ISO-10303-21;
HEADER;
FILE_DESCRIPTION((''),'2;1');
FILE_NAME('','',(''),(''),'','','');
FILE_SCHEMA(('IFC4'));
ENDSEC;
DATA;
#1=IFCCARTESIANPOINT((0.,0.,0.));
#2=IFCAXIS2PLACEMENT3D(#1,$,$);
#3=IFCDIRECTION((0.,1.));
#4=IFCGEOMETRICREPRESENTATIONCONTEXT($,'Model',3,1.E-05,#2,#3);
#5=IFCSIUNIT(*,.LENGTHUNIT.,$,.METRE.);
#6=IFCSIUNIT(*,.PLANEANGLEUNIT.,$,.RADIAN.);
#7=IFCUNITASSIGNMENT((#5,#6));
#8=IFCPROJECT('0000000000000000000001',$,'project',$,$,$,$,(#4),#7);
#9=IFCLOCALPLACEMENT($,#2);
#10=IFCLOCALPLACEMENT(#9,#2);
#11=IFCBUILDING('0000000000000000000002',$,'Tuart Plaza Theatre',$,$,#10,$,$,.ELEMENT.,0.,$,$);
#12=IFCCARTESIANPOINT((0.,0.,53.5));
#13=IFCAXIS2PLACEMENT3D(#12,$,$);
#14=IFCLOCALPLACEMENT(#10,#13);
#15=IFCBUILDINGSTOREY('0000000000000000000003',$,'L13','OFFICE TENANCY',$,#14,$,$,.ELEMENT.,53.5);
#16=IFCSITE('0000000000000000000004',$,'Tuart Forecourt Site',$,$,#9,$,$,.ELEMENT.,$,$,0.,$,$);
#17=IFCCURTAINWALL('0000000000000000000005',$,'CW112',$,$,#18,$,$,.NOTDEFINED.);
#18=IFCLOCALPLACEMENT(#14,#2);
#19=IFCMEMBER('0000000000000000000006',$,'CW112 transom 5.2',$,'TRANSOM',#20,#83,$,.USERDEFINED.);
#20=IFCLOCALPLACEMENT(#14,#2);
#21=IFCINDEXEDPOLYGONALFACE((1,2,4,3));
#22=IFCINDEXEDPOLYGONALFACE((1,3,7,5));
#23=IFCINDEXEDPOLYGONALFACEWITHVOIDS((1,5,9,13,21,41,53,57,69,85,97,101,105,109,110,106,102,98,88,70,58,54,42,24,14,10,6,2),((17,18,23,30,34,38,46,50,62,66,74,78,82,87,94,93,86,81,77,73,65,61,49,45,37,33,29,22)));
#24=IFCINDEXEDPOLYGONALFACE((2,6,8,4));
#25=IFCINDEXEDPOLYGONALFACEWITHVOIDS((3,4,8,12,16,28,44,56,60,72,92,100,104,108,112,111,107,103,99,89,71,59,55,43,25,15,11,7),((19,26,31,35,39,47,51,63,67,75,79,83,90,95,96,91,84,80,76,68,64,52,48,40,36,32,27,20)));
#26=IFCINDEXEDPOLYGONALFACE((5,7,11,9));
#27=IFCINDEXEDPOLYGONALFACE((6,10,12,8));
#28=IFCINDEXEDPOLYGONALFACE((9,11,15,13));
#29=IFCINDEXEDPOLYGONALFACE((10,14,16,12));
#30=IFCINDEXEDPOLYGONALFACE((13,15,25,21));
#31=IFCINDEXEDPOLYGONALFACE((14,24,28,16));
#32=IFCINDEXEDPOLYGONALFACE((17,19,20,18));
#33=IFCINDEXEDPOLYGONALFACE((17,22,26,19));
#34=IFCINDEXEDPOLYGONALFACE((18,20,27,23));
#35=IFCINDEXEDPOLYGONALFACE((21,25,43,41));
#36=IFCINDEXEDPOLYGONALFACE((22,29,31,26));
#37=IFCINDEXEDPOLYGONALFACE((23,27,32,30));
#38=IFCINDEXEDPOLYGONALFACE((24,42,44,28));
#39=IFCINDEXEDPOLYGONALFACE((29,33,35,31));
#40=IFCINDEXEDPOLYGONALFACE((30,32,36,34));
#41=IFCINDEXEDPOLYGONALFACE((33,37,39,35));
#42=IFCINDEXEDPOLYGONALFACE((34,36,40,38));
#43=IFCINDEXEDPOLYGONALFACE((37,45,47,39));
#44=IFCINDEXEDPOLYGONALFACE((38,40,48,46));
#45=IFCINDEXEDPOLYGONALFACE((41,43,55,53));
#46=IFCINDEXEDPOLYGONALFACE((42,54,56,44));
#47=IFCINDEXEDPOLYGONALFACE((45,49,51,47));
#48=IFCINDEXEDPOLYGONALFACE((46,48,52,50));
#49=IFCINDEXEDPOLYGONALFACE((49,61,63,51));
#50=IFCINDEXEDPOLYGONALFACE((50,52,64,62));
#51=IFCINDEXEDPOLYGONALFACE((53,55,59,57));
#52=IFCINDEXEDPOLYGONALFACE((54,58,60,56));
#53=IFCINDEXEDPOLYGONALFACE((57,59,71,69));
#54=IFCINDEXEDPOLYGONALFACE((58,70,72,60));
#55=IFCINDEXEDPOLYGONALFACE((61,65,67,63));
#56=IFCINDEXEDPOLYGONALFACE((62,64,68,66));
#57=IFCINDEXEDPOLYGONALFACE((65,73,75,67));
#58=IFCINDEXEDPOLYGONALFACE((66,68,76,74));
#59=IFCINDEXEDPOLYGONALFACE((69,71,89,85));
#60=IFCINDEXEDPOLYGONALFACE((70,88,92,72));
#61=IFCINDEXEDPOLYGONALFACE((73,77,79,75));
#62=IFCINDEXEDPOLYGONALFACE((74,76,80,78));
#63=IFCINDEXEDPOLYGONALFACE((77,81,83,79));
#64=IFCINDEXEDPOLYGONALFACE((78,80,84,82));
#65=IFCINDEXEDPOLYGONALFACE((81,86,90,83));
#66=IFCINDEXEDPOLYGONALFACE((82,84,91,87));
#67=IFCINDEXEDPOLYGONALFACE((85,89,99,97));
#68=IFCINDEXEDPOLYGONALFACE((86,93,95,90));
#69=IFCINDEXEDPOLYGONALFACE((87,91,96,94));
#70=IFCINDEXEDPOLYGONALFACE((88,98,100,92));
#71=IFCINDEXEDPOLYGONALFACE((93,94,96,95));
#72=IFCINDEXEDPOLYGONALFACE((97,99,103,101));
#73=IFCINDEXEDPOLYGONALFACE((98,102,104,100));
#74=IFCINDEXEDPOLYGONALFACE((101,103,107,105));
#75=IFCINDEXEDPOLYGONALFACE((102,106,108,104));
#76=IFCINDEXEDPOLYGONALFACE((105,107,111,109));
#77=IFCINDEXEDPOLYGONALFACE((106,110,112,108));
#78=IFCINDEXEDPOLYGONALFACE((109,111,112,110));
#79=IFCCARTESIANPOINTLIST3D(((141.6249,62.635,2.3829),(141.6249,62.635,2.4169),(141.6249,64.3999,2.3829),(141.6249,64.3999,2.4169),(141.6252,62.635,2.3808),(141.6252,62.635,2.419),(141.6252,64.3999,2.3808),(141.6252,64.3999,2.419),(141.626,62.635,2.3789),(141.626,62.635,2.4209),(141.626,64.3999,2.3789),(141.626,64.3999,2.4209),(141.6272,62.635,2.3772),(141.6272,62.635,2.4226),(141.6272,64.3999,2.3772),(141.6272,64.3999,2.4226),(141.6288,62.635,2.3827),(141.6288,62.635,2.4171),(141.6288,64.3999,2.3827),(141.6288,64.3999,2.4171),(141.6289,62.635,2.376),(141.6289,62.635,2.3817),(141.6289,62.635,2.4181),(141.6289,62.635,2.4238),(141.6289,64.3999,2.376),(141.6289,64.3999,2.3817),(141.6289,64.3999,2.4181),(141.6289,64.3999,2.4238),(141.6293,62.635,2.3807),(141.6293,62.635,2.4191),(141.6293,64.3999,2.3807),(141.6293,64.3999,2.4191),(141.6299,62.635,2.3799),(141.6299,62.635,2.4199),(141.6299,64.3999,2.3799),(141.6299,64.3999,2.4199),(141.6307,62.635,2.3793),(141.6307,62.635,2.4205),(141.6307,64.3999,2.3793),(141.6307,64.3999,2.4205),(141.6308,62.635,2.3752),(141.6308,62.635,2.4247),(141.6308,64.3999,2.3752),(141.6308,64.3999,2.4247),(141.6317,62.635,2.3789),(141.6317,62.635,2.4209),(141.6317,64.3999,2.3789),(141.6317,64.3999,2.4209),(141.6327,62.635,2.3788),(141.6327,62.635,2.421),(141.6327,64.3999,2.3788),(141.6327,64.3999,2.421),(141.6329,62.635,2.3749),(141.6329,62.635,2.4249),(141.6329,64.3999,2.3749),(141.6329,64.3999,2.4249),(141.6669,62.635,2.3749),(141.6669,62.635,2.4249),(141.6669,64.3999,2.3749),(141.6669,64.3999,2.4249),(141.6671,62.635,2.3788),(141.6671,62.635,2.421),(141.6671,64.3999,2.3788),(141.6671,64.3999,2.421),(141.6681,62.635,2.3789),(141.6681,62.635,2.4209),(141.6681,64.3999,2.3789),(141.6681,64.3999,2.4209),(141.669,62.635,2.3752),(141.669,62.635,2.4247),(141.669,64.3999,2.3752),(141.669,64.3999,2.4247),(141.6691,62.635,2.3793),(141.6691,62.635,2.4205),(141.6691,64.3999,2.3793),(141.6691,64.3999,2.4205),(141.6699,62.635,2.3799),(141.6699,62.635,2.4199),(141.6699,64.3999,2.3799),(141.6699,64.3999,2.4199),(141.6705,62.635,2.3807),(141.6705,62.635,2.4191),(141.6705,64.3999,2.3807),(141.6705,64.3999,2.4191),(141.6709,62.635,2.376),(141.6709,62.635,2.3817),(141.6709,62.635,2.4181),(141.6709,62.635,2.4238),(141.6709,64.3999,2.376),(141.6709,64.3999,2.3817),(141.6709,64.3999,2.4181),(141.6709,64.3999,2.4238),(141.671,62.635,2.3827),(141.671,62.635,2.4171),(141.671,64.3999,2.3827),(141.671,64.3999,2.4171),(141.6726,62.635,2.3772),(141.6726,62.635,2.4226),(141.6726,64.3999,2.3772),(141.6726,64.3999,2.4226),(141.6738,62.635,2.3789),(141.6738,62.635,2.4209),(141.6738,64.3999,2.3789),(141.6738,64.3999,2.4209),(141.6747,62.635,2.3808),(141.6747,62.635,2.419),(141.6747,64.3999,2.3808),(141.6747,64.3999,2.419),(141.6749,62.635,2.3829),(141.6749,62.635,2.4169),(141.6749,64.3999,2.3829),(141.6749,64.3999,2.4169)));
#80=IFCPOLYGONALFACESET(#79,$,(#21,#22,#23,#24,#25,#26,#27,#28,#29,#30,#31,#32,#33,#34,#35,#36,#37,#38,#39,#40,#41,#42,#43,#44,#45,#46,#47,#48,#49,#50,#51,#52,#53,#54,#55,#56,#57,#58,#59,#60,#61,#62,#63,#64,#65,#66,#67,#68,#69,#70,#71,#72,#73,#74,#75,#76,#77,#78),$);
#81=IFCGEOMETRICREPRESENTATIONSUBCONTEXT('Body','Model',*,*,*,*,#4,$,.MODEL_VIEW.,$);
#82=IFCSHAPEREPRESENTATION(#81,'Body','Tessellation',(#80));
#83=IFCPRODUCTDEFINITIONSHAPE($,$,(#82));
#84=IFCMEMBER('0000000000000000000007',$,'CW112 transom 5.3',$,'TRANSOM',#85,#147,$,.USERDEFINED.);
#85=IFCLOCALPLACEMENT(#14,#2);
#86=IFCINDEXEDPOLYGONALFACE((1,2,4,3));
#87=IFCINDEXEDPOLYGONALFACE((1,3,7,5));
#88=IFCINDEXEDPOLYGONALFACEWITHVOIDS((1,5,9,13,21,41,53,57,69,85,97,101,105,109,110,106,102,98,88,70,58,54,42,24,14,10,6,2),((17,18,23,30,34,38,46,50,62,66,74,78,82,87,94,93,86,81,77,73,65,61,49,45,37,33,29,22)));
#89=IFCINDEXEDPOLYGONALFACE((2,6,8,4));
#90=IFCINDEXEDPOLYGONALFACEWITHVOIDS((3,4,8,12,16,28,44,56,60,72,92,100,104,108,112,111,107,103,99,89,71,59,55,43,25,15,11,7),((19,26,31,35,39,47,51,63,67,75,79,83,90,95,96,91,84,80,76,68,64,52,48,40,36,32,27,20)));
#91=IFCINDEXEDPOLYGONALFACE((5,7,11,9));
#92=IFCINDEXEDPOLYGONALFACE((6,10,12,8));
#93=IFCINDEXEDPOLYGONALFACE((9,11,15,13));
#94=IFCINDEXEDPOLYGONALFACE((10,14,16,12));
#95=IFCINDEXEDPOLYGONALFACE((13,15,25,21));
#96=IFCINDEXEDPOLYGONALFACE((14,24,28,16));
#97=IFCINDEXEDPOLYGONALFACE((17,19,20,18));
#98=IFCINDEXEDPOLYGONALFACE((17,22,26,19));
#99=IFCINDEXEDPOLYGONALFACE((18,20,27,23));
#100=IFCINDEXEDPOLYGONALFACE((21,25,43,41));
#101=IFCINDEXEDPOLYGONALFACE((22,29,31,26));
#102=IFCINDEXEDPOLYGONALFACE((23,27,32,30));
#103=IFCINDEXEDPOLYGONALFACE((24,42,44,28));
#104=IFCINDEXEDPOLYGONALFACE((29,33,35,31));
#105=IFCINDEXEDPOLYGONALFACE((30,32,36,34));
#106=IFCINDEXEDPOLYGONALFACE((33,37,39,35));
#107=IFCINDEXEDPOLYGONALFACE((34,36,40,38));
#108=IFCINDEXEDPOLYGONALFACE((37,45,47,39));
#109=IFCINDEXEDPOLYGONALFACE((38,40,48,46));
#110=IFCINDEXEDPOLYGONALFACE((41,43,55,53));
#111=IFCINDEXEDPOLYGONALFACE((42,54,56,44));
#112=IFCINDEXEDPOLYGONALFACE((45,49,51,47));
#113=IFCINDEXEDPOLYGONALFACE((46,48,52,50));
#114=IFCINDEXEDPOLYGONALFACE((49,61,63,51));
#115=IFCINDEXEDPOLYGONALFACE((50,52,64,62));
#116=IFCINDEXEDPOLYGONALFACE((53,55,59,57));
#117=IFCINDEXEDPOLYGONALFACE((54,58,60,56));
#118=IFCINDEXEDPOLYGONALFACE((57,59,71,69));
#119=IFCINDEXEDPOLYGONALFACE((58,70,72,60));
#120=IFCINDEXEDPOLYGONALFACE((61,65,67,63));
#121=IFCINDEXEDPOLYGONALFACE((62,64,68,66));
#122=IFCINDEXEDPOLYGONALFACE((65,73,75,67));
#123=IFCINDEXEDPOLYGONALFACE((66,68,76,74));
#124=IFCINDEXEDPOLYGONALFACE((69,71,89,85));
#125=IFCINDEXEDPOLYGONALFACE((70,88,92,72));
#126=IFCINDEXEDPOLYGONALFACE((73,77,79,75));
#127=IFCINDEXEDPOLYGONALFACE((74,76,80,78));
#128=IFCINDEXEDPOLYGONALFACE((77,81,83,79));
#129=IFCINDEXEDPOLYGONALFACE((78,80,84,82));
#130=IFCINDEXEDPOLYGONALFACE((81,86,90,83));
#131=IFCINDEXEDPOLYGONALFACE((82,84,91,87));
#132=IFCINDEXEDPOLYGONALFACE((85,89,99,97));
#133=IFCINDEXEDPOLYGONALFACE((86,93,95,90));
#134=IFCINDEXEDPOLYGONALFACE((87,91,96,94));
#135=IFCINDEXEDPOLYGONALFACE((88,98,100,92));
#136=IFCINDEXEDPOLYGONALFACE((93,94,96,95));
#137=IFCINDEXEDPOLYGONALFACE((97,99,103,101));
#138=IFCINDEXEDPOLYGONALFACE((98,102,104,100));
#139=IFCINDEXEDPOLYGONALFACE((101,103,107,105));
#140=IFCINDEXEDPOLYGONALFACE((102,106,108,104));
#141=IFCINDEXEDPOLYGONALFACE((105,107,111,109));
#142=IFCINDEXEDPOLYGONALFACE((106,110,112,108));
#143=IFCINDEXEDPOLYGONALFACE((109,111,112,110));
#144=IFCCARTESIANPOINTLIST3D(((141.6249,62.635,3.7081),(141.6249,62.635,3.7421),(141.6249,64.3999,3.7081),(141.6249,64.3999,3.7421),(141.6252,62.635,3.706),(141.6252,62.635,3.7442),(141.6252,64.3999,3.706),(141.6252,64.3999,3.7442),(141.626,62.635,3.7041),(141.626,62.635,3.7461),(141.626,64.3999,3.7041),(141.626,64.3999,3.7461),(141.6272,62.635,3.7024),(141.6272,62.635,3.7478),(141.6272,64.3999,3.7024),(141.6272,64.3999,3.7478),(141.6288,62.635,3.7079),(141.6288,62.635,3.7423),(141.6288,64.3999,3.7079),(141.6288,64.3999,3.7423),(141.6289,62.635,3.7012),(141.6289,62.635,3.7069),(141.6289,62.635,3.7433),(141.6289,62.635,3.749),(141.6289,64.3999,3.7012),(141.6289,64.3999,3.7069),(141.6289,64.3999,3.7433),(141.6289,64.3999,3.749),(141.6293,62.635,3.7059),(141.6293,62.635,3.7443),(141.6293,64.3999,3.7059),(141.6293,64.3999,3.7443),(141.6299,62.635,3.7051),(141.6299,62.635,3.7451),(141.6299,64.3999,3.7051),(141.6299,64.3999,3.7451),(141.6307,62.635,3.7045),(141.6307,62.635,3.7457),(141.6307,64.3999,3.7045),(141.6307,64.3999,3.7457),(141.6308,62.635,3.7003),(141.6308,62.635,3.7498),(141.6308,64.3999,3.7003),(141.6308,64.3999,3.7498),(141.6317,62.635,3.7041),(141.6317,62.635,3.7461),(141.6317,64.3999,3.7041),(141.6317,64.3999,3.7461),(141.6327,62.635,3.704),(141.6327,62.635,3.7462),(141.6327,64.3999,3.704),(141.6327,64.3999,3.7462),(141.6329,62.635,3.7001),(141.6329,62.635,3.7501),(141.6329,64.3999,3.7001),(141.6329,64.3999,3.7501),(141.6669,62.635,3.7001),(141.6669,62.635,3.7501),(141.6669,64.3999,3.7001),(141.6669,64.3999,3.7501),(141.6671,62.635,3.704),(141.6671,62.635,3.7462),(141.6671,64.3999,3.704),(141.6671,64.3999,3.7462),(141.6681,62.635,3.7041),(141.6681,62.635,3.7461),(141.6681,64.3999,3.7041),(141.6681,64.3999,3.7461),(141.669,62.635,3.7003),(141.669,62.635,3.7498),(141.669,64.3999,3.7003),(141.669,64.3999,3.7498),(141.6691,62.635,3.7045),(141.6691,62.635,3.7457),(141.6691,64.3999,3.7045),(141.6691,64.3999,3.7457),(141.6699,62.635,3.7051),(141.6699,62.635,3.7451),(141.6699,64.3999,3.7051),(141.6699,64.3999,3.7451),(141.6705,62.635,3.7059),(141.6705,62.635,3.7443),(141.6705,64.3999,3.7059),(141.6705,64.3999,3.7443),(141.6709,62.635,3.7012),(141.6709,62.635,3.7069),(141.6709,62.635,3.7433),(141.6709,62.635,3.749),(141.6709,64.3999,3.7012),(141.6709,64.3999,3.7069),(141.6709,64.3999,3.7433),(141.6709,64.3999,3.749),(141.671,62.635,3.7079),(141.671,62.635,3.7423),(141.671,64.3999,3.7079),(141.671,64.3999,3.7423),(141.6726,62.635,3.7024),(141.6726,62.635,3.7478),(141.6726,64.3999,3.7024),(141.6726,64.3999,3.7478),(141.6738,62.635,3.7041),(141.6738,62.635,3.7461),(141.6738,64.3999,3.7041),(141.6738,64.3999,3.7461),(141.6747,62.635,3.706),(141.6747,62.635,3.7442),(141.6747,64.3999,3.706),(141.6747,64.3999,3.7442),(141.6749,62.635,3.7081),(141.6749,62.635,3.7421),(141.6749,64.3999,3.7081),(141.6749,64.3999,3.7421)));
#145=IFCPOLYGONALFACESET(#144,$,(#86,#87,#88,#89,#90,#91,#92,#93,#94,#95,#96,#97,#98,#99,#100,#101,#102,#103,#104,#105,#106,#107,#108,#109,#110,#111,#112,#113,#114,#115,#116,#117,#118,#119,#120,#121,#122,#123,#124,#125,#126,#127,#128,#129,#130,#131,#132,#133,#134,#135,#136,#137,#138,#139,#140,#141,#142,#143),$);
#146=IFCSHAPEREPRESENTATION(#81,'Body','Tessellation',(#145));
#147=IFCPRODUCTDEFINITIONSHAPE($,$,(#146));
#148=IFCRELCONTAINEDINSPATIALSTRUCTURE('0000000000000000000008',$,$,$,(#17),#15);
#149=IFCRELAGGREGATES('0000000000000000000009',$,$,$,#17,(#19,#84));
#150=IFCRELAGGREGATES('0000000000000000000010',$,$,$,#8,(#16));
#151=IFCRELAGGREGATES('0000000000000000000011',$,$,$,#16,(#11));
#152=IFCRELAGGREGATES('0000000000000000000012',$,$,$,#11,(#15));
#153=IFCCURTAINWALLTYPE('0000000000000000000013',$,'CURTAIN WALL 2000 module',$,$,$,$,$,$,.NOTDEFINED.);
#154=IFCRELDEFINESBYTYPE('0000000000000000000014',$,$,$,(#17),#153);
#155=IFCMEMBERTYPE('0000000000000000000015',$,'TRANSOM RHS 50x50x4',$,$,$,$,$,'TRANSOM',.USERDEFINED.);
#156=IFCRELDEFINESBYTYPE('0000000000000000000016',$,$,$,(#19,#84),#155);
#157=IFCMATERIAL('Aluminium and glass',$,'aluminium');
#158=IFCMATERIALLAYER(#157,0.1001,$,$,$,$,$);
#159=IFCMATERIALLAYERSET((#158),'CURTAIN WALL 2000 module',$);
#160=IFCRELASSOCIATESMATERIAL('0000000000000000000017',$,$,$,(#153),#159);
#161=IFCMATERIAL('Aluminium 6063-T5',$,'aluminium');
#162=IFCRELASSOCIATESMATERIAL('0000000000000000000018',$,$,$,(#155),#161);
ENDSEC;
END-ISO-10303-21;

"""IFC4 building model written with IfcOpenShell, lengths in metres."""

from ifc_helpers import new_model, si_unit, direction, frame, origin, origin_2d, place, context, subcontext, project, spatial, hollow_rectangle, extrude, material, layer, layer_set, material_profile, profile_set, type_object, element, aggregate, save


model = new_model("IFC4")

# Units and contexts
model_context = context("Model", 3, precision=1e-05, world=origin(), true_north=direction((0.0, 1.0)))
body_context = subcontext(model_context, "Body", "Model", "MODEL_VIEW")
ifc_project = project(units=[si_unit("LENGTHUNIT", "METRE"), si_unit("PLANEANGLEUNIT", "RADIAN")], contexts=[model_context])

# Site, building, storey
site_placement = place(None, origin())
site = spatial("IfcSite", under=ifc_project, at=site_placement, Name="Tuart Forecourt Site", CompositionType="ELEMENT", RefElevation=0.0)
building_placement = place(site_placement, origin())
building = spatial("IfcBuilding", under=site, at=building_placement, Name="Tuart Plaza Theatre", CompositionType="ELEMENT", ElevationOfRefHeight=0.0)
storey_placement = place(building_placement, frame((0.0, 0.0, 53.5)))
storey = spatial("IfcBuildingStorey", under=building, at=storey_placement, Name="L13", Description="OFFICE TENANCY", CompositionType="ELEMENT", Elevation=53.5)

# Curtain wall
ifc_material_1 = material(Name="Aluminium and glass", Category="aluminium")
ifc_layer_1 = layer(ifc_material_1, 0.1001)
ifc_layer_set_1 = layer_set([ifc_layer_1], Name="CURTAIN WALL 2000 module")
curtain_wall_type = type_object("IfcCurtainWallType", Name="CURTAIN WALL 2000 module", PredefinedType="NOTDEFINED", material=ifc_layer_set_1)
curtain_wall_1_placement = place(storey_placement, origin())
curtain_wall_1 = element("IfcCurtainWall", 1, at=curtain_wall_1_placement, inside=storey, type_object=curtain_wall_type, Name="CW112", PredefinedType="NOTDEFINED")

# Members
ifc_material_2 = material(Name="Aluminium 6063-T5", Category="aluminium")
ifc_material_profile_1 = material_profile(ifc_material_2, hollow_rectangle(XDim=0.05, YDim=0.05, WallThickness=0.0039, InnerFilletRadius=0.0039, OuterFilletRadius=0.0081, at=origin_2d()), Name="RHS 50x50x4")
ifc_profile_set_1 = profile_set([ifc_material_profile_1], Name="Aluminium 6063-T5")
member_type_1 = type_object("IfcMemberType", Name="TRANSOM RHS 50x50x4", ElementType="TRANSOM", PredefinedType="USERDEFINED", material=ifc_profile_set_1)
member_1_placement = place(storey_placement, frame((141.6499, 62.635, 2.3999), z_axis=(0.0, 1.0, 0.0), x_axis=(-1.0, 0.0, 0.0)))
member_1 = element("IfcMember", 2, at=member_1_placement, type_object=member_type_1, Name="CW112 transom 5.2", ObjectType="TRANSOM", PredefinedType="USERDEFINED", context=body_context, shape_type="SweptSolid", body=[
    extrude(hollow_rectangle(XDim=0.05, YDim=0.05, WallThickness=0.0039, InnerFilletRadius=0.0039, OuterFilletRadius=0.0081, at=origin_2d()), origin(), (0.0, 0.0, 1.0), 1.7649),
])
member_2_placement = place(storey_placement, frame((141.6499, 62.635, 3.7251), z_axis=(0.0, 1.0, 0.0), x_axis=(-1.0, 0.0, 0.0)))
member_2 = element("IfcMember", 3, at=member_2_placement, type_object=member_type_1, Name="CW112 transom 5.3", ObjectType="TRANSOM", PredefinedType="USERDEFINED", context=body_context, shape_type="SweptSolid", body=[
    extrude(hollow_rectangle(XDim=0.05, YDim=0.05, WallThickness=0.0039, InnerFilletRadius=0.0039, OuterFilletRadius=0.0081, at=origin_2d()), origin(), (0.0, 0.0, 1.0), 1.7649),
])

aggregate(curtain_wall_1, [member_1, member_2])

save(model, "model.ifc")
